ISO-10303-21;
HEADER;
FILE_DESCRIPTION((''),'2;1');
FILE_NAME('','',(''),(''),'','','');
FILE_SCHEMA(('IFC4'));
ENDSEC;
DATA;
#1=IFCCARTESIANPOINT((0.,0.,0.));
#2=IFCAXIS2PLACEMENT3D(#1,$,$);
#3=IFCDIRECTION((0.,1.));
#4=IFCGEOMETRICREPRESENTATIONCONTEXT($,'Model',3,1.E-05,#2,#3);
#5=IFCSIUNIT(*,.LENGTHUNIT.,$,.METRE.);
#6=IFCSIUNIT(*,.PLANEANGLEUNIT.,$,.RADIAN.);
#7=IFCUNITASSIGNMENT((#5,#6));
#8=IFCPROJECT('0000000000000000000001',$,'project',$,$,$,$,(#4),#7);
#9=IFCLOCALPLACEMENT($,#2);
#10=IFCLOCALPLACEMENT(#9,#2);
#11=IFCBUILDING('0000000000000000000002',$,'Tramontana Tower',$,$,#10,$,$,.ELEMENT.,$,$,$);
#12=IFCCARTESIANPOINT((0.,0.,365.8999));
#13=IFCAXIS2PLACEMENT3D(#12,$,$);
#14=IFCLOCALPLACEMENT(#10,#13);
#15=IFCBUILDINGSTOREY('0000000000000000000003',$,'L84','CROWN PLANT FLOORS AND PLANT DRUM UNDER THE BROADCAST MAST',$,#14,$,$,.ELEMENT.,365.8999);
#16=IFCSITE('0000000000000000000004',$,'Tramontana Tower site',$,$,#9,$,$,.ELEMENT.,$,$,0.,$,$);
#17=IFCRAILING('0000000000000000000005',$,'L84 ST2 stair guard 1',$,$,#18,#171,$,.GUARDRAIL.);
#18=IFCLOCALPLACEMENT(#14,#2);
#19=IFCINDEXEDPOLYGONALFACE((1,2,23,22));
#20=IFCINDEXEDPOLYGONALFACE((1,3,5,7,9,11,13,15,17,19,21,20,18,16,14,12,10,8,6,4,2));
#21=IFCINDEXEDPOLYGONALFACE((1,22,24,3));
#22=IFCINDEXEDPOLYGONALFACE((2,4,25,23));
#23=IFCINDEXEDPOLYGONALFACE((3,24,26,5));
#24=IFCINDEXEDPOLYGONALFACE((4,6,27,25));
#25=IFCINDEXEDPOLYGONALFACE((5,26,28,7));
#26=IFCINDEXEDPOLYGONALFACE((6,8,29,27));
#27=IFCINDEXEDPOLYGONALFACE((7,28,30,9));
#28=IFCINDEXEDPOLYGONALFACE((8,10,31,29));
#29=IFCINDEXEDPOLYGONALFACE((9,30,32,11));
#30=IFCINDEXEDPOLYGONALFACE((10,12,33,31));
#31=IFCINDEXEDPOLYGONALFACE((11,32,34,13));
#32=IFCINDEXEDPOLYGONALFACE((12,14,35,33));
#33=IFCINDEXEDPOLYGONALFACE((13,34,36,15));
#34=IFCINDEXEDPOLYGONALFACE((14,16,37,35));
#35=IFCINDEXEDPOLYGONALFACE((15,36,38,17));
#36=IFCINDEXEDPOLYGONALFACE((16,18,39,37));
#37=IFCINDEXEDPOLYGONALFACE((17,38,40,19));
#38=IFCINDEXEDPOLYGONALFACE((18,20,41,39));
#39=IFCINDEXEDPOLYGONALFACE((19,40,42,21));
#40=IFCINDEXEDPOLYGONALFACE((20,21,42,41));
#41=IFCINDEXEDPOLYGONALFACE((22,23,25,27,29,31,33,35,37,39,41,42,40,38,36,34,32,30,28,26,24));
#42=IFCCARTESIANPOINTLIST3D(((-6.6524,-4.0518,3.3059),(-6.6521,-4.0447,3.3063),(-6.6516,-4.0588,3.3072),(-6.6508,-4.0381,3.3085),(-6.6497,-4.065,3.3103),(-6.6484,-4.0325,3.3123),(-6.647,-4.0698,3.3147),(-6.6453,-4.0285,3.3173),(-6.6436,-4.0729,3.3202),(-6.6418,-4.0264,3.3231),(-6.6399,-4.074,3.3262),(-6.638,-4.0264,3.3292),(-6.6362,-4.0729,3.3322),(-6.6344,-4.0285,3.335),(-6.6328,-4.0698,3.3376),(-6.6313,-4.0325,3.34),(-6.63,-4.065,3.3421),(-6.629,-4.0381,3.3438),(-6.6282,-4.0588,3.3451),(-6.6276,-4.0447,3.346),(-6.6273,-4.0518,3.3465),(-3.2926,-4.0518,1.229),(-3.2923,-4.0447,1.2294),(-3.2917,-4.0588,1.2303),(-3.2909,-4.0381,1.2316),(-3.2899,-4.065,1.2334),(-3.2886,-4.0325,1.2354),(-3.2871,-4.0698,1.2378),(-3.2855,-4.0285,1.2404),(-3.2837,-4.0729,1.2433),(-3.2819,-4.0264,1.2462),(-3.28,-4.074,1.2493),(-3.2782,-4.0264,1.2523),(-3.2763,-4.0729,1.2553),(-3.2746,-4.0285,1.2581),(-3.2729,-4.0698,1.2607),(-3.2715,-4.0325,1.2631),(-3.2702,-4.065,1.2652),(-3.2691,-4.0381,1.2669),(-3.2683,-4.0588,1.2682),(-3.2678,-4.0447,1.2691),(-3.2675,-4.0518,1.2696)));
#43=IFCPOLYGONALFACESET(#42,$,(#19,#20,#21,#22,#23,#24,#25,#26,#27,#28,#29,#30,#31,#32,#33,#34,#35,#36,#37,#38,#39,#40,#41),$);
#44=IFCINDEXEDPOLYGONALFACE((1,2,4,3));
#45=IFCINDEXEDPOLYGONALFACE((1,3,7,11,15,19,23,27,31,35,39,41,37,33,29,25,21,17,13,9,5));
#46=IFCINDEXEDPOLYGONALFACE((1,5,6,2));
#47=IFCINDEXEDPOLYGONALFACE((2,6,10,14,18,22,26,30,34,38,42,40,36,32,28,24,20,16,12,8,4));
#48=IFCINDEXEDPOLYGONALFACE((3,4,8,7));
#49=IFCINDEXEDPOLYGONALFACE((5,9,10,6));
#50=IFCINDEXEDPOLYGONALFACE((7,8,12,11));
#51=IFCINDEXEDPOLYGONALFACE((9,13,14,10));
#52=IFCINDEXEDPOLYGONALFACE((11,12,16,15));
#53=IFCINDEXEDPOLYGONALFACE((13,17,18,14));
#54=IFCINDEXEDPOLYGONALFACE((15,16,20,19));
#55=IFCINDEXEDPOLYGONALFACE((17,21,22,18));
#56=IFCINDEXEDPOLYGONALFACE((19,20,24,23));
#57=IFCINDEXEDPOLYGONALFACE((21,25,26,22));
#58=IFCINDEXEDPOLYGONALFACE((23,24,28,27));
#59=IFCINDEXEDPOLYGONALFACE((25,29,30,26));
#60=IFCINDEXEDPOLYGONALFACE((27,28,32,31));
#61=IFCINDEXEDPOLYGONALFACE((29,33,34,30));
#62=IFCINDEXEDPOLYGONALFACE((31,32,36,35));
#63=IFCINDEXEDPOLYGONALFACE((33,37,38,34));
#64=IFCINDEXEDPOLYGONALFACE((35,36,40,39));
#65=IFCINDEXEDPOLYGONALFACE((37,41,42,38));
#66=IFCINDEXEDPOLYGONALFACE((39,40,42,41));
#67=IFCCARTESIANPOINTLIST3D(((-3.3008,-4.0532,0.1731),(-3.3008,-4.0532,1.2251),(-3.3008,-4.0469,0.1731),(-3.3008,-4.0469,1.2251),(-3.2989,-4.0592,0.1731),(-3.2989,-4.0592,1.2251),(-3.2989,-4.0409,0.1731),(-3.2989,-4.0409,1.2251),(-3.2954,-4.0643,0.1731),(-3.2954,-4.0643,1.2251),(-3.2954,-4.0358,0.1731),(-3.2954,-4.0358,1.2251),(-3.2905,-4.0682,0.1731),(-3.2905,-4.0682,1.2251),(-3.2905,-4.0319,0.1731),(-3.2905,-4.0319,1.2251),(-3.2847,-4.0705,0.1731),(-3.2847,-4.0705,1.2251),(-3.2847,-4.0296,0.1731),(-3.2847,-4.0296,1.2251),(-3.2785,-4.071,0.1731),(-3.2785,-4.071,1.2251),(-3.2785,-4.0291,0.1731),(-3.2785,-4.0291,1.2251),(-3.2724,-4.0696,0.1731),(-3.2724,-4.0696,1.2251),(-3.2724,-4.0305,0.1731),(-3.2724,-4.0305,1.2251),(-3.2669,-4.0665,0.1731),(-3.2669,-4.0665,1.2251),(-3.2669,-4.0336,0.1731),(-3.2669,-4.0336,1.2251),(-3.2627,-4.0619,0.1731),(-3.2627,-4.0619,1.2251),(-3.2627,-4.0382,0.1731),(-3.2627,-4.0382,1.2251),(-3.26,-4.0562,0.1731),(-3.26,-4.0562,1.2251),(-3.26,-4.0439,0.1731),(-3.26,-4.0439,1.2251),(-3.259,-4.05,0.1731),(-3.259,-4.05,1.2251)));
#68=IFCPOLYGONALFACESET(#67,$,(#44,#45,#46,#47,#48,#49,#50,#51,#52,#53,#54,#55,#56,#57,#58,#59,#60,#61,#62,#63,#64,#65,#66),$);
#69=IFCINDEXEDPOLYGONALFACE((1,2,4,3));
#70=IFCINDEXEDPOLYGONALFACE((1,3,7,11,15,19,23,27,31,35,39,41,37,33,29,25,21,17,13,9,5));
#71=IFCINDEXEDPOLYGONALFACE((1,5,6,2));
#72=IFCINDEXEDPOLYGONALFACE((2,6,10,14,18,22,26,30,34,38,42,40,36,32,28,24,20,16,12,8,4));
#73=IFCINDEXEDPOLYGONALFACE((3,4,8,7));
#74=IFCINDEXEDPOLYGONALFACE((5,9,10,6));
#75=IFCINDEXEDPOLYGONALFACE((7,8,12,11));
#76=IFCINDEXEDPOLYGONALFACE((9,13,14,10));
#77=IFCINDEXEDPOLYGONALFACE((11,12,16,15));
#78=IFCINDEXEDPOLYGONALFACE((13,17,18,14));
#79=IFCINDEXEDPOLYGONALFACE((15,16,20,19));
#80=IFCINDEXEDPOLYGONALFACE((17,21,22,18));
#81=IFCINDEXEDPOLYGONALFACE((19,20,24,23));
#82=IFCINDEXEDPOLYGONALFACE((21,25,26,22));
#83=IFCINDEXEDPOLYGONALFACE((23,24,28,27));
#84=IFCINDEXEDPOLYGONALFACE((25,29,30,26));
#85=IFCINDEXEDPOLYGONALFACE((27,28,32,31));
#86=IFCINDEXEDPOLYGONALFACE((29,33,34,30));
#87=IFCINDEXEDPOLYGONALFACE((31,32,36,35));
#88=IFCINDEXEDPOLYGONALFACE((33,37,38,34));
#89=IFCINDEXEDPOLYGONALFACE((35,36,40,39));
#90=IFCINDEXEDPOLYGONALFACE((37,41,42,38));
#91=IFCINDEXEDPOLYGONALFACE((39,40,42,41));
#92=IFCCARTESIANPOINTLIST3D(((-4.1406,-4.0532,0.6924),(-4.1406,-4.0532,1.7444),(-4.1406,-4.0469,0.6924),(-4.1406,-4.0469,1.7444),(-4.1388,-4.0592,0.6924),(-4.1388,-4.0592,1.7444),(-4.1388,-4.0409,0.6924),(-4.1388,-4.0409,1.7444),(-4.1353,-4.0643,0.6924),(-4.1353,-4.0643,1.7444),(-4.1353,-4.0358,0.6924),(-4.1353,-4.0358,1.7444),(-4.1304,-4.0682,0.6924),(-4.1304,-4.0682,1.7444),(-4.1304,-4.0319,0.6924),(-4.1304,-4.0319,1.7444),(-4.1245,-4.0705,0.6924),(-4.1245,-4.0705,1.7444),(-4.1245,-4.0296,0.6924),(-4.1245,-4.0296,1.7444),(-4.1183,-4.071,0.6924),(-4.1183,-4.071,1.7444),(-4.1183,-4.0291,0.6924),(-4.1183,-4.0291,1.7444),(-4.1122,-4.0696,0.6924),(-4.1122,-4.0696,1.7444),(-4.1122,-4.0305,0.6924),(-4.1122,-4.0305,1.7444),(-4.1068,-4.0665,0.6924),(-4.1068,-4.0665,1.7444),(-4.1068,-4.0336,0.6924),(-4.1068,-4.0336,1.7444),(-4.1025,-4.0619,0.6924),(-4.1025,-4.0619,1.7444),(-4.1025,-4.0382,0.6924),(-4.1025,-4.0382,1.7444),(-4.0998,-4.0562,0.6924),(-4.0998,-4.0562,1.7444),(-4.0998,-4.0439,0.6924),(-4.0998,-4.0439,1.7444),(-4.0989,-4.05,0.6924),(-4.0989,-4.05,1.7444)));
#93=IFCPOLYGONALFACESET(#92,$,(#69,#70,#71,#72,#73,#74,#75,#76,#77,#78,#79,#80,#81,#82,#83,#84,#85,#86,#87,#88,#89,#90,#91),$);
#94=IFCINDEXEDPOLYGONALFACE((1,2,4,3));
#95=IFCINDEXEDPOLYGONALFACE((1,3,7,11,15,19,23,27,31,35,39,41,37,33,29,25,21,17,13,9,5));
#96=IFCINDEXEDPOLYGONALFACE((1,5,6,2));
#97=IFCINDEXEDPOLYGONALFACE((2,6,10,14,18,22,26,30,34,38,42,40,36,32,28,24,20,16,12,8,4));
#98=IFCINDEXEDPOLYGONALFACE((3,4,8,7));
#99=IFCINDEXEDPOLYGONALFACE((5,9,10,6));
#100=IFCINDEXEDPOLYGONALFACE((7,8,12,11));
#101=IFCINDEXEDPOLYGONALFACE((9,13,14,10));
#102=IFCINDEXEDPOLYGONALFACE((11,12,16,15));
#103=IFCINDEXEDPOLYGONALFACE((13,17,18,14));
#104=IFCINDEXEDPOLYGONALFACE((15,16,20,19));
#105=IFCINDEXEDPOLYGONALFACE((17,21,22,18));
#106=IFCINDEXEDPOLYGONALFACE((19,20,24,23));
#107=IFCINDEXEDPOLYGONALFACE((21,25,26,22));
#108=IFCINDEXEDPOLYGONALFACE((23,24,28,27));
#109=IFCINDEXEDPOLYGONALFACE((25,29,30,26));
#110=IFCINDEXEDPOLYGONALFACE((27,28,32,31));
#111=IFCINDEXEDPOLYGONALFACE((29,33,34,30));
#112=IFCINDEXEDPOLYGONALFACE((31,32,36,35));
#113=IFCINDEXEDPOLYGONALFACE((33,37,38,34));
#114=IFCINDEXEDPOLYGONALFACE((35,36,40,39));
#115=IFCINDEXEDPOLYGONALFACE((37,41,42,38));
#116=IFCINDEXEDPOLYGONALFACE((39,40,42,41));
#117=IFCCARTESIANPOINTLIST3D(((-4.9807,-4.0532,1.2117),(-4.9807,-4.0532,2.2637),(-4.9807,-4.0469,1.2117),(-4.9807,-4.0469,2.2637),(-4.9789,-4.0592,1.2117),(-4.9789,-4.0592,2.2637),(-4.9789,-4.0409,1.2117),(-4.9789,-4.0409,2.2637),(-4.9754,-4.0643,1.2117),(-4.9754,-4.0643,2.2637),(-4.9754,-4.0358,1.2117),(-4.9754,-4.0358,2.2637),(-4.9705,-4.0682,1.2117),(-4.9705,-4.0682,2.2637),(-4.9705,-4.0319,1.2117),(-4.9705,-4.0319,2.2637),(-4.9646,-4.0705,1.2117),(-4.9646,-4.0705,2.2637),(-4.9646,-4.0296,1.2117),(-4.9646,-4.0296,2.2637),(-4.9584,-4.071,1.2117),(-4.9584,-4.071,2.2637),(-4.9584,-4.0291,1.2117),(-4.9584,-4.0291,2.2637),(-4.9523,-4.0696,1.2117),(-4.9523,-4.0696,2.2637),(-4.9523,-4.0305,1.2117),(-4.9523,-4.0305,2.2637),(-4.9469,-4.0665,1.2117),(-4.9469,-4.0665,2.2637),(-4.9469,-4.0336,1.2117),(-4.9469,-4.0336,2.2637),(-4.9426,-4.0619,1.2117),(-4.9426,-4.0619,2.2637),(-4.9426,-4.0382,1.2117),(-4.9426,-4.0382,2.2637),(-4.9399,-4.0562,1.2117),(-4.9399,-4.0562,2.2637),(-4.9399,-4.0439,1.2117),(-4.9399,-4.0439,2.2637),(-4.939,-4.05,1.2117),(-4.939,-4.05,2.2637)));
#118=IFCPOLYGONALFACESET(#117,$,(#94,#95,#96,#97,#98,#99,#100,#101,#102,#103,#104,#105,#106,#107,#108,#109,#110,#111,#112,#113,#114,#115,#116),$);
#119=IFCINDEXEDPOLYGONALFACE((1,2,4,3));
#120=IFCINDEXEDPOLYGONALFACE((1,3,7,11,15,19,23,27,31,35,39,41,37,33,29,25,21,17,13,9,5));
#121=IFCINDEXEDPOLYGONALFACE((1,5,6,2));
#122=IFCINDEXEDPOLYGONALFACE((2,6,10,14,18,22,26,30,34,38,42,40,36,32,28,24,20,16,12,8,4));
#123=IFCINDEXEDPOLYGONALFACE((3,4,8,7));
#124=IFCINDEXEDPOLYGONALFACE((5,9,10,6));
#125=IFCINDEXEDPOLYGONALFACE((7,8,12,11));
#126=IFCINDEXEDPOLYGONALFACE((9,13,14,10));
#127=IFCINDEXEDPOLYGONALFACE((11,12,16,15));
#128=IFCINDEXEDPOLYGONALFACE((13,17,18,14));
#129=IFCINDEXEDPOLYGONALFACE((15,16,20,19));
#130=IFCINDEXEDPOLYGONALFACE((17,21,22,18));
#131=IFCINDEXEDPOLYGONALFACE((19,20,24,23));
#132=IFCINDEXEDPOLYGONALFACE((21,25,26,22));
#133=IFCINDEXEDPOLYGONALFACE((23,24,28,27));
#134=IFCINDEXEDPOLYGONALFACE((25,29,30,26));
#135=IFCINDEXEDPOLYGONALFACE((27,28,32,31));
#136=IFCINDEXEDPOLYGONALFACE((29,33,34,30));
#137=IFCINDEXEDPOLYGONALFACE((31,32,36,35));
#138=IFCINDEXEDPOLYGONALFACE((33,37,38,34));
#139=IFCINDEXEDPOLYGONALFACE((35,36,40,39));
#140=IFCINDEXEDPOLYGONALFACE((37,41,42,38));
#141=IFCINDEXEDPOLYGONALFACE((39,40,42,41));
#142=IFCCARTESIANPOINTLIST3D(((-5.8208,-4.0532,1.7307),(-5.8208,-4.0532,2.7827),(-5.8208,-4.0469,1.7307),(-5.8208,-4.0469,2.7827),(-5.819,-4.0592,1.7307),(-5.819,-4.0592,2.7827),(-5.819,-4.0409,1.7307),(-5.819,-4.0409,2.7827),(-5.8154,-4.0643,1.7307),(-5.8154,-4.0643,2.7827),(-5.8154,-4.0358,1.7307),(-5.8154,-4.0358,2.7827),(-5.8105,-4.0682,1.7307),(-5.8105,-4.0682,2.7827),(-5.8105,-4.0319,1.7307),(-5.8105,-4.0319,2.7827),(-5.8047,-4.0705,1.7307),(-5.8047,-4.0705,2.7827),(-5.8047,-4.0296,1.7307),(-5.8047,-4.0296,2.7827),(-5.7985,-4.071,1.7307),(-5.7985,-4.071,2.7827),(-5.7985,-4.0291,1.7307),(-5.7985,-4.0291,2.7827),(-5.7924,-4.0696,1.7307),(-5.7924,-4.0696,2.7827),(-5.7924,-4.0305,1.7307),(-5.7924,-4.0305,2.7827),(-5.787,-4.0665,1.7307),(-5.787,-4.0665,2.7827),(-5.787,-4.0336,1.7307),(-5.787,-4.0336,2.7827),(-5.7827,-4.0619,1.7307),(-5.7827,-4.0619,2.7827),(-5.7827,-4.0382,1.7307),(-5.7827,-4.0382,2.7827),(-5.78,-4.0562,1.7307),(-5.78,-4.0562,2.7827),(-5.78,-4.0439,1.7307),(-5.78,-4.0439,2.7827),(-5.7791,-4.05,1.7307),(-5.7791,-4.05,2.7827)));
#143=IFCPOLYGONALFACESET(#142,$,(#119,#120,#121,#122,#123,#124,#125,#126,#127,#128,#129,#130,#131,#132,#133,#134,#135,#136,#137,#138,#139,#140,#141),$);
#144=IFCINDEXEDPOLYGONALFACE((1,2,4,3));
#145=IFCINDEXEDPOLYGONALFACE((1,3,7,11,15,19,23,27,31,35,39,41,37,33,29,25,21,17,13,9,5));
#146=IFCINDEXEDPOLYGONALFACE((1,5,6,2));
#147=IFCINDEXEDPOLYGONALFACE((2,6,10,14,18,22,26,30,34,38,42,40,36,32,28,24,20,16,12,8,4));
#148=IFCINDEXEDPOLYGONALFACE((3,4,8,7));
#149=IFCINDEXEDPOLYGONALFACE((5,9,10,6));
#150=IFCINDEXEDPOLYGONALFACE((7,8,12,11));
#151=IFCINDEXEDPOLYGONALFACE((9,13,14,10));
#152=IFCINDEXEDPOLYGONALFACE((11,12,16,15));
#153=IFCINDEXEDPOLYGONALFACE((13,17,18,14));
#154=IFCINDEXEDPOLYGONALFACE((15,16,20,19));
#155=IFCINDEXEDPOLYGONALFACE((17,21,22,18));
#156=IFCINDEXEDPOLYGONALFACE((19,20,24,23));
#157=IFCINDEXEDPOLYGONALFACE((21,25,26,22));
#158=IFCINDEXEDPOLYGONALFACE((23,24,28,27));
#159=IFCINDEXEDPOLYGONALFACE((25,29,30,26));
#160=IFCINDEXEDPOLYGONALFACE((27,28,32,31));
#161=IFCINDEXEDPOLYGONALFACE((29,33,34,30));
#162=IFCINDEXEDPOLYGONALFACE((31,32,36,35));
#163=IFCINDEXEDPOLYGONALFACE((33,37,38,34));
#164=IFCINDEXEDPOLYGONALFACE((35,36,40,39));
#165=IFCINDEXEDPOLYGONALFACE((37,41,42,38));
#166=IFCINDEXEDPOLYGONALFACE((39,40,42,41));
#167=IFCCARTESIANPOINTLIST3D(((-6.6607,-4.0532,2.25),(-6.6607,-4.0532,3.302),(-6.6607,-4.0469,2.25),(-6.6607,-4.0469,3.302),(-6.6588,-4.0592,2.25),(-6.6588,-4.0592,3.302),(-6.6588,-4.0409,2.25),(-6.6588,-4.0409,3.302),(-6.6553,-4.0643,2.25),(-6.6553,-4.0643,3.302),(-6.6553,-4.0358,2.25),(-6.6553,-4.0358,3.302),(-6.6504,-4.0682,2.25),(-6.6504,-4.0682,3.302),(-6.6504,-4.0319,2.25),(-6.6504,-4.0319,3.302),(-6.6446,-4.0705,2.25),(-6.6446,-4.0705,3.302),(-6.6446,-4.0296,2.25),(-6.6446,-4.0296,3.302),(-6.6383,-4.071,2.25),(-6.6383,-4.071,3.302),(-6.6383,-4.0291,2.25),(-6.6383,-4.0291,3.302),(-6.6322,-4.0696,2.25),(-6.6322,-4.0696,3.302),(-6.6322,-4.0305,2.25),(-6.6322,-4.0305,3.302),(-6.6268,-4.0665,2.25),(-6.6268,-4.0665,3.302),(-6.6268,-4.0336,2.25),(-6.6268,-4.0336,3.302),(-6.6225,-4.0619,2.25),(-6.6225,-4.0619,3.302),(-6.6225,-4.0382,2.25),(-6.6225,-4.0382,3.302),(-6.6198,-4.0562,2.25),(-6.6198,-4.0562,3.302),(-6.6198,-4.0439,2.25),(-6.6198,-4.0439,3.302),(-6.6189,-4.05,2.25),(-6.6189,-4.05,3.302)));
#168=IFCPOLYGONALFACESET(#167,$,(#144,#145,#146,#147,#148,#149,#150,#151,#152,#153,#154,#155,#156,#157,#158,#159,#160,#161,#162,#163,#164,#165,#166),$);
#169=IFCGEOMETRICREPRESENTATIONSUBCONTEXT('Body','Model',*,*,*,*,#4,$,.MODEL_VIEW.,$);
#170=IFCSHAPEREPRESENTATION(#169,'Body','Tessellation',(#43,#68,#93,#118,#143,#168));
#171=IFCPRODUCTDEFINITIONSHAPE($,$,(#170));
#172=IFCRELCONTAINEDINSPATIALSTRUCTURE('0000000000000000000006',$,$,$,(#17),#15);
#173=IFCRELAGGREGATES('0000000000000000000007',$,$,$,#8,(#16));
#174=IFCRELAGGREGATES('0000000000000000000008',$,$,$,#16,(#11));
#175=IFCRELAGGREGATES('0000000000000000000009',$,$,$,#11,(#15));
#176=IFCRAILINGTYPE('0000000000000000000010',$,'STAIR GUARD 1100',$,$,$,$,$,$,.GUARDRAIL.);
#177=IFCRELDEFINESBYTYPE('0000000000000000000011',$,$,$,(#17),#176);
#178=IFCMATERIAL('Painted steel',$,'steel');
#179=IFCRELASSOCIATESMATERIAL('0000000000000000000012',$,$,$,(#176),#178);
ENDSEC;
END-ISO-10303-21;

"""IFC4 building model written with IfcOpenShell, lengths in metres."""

from ifc_helpers import new_model, si_unit, direction, frame, origin, origin_2d, place, context, subcontext, project, spatial, circle, extrude, material, type_object, element, save


model = new_model("IFC4")

# Units and contexts
model_context = context("Model", 3, precision=1e-05, world=origin(), true_north=direction((0.0, 1.0)))
body_context = subcontext(model_context, "Body", "Model", "MODEL_VIEW")
ifc_project = project(units=[si_unit("LENGTHUNIT", "METRE"), si_unit("PLANEANGLEUNIT", "RADIAN")], contexts=[model_context])

# Site, building, storey
site_placement = place(None, origin())
site = spatial("IfcSite", under=ifc_project, at=site_placement, Name="Tramontana Tower site", CompositionType="ELEMENT", RefElevation=0.0)
building_placement = place(site_placement, origin())
building = spatial("IfcBuilding", under=site, at=building_placement, Name="Tramontana Tower", CompositionType="ELEMENT")
storey_placement = place(building_placement, frame((0.0, 0.0, 365.8999)))
storey = spatial("IfcBuildingStorey", under=building, at=storey_placement, Name="L84", Description="CROWN PLANT FLOORS AND PLANT DRUM UNDER THE BROADCAST MAST", CompositionType="ELEMENT", Elevation=365.8999)

# Railing
ifc_material_1 = material(Name="Painted steel", Category="steel")
railing_type_1 = type_object("IfcRailingType", Name="STAIR GUARD 1100", PredefinedType="GUARDRAIL", material=ifc_material_1)
railing_1_placement = place(storey_placement, frame((-3.28, -4.05, 0.1731)))
element("IfcRailing", 1, at=railing_1_placement, inside=storey, type_object=railing_type_1, Name="L84 ST2 stair guard 1", PredefinedType="GUARDRAIL", context=body_context, shape_type="SweptSolid", body=[
    extrude(circle(Radius=0.0239, at=origin_2d()), frame((0.0, 0.0, 1.0762), z_axis=(-0.850606, 0.0, 0.525803), x_axis=(0.0, -1.0, 0.0)), (0.0, 0.0, 1.0), 3.95),
    extrude(circle(Radius=0.021, at=origin_2d()), origin(), (0.0, 0.0, 1.0), 1.052),
    extrude(circle(Radius=0.021, at=origin_2d()), frame((-0.8398, 0.0, 0.5193)), (0.0, 0.0, 1.0), 1.052),
    extrude(circle(Radius=0.021, at=origin_2d()), frame((-1.6799, 0.0, 1.0386)), (0.0, 0.0, 1.0), 1.052),
    extrude(circle(Radius=0.021, at=origin_2d()), frame((-2.52, 0.0, 1.5576)), (0.0, 0.0, 1.0), 1.052),
    extrude(circle(Radius=0.021, at=origin_2d()), frame((-3.3599, 0.0, 2.0769)), (0.0, 0.0, 1.0), 1.052),
])

save(model, "model.ifc")
